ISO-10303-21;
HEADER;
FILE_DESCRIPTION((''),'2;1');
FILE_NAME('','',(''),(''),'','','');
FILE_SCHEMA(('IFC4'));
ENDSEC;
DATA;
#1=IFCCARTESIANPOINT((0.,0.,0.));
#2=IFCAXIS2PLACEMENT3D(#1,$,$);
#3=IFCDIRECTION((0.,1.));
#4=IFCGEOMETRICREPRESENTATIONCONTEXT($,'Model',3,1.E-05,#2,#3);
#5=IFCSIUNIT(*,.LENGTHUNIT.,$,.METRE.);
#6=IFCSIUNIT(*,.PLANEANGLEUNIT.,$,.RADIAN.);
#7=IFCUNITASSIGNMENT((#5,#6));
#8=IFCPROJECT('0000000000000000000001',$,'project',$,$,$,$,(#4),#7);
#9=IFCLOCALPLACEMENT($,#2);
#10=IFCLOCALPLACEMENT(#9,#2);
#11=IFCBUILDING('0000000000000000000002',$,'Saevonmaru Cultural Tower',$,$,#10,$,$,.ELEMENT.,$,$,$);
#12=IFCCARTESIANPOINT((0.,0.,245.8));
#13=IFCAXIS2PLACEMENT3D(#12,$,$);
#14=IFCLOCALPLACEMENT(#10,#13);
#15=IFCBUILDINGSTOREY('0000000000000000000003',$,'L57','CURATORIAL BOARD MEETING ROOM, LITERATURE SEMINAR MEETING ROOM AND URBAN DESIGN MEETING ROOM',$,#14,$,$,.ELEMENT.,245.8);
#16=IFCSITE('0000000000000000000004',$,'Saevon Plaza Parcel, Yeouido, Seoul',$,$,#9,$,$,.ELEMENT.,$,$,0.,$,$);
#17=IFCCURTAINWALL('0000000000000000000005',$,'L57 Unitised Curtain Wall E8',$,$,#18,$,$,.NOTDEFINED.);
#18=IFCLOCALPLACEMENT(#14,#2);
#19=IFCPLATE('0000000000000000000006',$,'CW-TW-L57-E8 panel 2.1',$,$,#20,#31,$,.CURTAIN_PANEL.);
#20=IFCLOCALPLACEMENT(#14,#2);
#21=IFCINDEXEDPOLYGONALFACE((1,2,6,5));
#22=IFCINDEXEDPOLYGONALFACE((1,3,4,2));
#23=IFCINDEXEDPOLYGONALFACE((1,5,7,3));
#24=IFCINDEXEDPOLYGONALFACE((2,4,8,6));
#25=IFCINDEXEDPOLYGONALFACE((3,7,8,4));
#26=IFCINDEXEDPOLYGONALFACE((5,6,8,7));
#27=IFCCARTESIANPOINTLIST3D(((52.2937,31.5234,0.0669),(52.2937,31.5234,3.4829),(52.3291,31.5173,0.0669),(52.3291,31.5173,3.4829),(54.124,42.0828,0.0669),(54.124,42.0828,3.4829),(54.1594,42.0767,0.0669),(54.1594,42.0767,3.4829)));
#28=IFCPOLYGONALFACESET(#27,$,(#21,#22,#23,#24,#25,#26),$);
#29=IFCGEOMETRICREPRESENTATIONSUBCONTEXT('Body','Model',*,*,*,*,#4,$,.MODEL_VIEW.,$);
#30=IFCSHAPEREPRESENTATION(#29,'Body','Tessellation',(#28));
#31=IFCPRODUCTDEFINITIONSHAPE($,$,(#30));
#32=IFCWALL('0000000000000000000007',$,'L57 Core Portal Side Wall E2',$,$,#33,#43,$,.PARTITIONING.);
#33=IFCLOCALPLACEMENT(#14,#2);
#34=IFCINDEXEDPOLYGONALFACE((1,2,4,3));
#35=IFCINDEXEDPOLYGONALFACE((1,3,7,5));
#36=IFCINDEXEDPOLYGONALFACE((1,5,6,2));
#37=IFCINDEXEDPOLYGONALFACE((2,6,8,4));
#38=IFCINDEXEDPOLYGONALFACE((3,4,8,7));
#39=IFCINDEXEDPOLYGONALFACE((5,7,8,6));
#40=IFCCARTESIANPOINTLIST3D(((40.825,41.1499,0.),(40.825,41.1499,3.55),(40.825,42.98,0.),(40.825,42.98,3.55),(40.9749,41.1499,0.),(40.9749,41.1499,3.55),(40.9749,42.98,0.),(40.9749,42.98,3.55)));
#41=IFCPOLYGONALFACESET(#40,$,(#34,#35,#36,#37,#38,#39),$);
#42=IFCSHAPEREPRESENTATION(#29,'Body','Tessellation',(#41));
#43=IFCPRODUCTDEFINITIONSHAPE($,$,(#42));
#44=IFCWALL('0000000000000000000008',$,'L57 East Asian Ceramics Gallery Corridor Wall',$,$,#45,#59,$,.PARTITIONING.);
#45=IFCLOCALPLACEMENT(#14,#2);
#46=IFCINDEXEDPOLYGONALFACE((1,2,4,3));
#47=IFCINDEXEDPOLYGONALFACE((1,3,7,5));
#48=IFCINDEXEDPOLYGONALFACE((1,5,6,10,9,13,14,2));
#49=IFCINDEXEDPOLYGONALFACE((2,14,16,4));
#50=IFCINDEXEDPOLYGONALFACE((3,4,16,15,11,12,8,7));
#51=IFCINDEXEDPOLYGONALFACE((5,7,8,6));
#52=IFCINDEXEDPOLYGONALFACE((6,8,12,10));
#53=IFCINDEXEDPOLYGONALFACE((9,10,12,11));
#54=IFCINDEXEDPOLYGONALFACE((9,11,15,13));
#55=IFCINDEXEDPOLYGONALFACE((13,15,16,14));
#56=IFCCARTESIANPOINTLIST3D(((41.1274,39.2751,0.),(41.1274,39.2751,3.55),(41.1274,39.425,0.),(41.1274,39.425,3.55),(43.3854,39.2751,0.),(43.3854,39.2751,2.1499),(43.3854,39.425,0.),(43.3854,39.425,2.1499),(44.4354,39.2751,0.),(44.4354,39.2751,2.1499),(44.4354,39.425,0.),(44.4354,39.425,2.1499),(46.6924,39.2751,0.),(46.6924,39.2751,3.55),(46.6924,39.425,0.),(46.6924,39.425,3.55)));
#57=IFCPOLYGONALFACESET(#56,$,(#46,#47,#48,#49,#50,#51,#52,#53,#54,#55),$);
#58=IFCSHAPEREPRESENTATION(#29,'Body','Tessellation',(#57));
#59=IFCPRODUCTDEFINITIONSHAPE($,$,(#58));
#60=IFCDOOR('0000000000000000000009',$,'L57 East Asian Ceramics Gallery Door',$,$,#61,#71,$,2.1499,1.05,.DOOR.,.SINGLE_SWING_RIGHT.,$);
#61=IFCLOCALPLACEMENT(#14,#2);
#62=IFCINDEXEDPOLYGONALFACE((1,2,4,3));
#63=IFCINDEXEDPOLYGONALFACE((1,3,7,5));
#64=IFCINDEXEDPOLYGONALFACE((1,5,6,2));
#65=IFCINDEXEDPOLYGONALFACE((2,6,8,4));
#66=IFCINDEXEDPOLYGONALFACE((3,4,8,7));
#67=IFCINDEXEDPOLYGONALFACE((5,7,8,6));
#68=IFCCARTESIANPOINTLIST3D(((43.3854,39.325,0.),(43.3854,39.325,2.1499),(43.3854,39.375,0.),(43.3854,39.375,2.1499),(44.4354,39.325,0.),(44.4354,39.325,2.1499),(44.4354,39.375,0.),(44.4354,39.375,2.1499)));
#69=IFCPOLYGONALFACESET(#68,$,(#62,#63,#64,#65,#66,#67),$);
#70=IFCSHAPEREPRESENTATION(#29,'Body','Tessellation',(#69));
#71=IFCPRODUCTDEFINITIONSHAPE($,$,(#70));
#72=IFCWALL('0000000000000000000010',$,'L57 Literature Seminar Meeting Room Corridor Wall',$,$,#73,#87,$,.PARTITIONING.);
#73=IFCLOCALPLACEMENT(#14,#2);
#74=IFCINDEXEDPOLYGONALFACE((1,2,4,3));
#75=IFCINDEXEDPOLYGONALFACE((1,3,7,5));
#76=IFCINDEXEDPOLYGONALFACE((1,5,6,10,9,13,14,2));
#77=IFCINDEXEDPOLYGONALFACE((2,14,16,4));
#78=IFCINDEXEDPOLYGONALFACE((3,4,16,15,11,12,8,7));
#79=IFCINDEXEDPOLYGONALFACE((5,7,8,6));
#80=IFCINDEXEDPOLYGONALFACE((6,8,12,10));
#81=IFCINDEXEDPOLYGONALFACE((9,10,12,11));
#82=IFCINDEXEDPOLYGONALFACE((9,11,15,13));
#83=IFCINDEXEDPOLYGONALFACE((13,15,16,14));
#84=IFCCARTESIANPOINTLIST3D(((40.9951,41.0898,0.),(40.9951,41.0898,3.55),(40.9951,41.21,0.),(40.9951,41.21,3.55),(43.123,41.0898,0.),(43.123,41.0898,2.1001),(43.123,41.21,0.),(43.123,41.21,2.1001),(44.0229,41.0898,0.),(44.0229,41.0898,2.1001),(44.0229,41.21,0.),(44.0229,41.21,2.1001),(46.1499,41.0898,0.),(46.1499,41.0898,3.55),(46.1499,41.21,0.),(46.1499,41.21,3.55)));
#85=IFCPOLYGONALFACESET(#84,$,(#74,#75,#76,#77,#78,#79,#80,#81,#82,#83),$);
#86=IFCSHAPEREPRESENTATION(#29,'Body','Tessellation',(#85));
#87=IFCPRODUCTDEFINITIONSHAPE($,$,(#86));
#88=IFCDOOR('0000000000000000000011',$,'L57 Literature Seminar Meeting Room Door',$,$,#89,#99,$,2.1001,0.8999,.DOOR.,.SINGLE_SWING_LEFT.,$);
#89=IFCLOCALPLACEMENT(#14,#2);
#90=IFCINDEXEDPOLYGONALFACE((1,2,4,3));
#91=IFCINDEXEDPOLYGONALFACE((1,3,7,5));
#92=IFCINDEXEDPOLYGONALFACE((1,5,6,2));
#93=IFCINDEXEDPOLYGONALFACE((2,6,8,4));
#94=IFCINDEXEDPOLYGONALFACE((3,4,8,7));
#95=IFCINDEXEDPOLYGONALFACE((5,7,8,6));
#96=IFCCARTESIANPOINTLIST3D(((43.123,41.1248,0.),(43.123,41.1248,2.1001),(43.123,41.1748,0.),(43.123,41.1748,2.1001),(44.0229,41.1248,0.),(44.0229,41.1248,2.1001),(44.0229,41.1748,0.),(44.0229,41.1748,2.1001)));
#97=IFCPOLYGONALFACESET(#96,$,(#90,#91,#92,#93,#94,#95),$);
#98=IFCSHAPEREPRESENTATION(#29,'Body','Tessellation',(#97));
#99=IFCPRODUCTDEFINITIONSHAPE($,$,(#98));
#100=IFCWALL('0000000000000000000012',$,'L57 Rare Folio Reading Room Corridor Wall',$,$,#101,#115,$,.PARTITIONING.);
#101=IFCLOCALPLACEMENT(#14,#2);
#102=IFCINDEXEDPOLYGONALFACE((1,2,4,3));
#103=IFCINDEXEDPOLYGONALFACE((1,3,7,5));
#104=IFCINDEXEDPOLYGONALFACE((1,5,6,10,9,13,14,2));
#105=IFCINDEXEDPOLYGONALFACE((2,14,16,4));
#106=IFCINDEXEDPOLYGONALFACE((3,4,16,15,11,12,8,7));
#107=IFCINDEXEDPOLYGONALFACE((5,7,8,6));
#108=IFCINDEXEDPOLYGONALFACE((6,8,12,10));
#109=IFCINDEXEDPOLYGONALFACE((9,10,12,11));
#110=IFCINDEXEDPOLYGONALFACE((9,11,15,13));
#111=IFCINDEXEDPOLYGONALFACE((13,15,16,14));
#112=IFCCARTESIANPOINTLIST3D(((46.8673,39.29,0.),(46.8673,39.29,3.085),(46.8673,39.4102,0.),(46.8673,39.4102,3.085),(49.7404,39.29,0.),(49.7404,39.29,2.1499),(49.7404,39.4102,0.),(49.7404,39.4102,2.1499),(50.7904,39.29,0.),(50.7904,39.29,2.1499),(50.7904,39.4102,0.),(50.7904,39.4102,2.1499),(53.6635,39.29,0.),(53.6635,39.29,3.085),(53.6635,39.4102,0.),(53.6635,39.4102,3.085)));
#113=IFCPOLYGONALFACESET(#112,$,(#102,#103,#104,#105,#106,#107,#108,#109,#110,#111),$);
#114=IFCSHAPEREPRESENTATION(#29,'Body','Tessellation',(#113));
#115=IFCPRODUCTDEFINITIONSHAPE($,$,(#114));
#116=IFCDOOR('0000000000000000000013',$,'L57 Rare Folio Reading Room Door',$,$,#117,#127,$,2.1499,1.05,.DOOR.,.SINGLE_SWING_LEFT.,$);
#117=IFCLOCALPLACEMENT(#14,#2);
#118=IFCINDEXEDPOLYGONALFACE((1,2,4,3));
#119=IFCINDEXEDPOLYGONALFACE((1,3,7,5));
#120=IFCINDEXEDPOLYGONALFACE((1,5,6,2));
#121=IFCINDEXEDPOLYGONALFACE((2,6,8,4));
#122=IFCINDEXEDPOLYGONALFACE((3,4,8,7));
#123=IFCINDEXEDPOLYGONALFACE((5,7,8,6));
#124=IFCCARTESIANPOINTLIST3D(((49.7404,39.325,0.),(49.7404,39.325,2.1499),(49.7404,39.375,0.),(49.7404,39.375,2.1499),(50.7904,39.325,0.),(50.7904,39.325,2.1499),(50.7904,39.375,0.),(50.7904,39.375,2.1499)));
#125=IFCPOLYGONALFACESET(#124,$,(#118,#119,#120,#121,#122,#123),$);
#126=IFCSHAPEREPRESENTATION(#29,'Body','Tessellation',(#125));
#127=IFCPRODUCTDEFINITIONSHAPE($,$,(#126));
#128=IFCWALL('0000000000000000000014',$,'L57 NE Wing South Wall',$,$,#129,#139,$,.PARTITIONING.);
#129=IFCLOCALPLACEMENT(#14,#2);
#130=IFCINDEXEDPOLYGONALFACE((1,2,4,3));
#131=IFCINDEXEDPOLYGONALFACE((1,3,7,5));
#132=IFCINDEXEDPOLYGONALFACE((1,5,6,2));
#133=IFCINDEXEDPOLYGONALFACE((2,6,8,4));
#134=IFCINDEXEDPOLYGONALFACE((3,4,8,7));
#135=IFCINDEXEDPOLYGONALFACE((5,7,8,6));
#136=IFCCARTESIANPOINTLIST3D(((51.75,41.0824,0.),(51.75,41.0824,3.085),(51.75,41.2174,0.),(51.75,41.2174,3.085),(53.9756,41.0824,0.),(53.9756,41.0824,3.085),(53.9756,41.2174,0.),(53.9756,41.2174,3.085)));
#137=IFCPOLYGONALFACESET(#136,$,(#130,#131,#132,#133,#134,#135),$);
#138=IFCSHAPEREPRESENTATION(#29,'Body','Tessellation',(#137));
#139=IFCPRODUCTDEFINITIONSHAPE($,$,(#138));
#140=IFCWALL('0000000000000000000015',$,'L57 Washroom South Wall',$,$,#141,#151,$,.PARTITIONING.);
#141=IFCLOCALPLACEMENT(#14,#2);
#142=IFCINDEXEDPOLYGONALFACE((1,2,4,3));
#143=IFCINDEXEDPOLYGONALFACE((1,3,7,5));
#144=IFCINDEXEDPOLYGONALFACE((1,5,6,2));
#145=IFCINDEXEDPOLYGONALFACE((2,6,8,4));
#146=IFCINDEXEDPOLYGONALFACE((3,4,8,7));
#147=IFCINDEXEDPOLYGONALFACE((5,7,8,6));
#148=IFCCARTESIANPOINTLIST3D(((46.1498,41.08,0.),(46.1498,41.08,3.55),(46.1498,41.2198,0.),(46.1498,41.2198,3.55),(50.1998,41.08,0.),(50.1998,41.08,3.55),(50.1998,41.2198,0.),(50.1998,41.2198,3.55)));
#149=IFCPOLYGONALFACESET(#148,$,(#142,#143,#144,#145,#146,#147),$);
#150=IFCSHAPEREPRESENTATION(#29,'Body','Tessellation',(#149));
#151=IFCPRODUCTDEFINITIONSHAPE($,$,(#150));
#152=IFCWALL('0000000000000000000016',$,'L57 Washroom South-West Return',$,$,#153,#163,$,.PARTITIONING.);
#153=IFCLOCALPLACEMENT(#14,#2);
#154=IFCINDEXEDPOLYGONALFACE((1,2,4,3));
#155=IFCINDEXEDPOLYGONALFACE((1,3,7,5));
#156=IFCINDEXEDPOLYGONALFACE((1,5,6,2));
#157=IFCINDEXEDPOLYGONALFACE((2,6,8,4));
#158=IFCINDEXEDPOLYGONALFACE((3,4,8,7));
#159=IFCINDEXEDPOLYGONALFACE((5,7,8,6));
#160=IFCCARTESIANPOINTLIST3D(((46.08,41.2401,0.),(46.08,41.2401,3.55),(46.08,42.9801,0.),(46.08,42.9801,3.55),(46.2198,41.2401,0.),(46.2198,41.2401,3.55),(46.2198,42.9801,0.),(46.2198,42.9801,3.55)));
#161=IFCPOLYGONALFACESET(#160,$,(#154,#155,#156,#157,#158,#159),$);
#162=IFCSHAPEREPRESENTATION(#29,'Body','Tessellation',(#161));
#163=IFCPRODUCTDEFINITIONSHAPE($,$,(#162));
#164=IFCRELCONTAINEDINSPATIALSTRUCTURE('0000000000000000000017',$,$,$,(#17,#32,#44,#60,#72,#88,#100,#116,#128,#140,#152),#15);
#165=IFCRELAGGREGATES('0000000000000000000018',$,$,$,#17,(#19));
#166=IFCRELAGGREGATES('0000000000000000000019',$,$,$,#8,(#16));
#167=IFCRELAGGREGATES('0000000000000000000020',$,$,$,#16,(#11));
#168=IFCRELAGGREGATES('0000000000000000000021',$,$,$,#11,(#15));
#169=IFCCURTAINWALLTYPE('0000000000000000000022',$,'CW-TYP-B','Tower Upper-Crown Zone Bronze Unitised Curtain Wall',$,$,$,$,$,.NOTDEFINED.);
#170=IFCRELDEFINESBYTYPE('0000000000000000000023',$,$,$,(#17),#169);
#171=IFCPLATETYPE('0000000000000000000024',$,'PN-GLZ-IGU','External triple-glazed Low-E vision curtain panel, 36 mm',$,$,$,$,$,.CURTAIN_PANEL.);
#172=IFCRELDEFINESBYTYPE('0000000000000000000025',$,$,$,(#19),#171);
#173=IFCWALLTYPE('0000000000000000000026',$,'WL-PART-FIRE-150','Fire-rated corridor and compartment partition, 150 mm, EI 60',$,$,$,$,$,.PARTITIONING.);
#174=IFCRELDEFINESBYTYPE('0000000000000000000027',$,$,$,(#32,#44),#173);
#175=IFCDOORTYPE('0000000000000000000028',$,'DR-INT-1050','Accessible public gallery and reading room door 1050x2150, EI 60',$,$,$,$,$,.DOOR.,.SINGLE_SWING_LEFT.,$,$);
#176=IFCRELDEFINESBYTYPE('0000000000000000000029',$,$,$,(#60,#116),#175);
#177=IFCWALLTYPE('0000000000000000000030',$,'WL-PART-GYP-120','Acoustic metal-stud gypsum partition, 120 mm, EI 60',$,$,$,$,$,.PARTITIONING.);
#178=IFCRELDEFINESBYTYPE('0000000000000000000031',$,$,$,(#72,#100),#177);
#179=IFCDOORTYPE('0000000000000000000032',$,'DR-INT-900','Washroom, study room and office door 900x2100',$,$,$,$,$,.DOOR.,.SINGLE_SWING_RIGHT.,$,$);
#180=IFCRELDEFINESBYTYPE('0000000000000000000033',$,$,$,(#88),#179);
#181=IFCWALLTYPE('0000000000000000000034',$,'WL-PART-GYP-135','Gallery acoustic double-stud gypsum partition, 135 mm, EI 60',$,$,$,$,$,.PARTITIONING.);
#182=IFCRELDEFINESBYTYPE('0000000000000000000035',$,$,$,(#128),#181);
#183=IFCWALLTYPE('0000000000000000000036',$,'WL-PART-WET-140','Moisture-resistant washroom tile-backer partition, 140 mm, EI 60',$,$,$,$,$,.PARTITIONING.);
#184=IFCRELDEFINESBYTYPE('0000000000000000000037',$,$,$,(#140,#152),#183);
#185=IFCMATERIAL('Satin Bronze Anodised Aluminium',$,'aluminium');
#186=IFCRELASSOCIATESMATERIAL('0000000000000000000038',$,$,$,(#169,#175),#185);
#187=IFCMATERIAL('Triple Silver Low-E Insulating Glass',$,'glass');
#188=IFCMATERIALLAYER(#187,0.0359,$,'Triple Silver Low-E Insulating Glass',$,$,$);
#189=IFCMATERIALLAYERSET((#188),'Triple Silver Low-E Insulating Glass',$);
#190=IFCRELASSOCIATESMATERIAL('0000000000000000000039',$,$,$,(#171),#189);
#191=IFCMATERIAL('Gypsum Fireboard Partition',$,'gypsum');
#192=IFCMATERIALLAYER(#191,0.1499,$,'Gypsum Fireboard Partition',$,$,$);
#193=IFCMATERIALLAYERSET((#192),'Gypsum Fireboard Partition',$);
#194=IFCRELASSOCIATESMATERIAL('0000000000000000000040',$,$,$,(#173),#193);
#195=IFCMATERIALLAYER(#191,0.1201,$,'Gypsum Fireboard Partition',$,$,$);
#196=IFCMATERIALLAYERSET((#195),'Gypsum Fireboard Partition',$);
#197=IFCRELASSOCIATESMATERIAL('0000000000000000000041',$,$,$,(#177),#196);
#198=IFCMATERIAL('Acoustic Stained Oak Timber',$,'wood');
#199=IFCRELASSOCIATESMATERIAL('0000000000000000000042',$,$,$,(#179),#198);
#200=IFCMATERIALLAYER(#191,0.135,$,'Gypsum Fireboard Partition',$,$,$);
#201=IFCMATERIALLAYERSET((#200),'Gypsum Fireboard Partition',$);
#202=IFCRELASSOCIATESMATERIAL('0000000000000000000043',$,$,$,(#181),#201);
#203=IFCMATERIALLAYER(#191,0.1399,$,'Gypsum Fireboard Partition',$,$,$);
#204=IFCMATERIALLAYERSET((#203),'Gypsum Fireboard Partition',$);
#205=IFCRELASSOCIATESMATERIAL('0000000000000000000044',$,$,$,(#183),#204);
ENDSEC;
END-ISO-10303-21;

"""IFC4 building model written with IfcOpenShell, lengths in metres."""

from ifc_helpers import new_model, si_unit, direction, frame, frame_2d, origin, origin_2d, place, context, subcontext, project, spatial, rectangle, extrude, material, layer, layer_set, type_object, element, fill, aggregate, save


model = new_model("IFC4")

# Units and contexts
model_context = context("Model", 3, precision=1e-05, world=origin(), true_north=direction((0.0, 1.0)))
body_context = subcontext(model_context, "Body", "Model", "MODEL_VIEW")
ifc_project = project(units=[si_unit("LENGTHUNIT", "METRE"), si_unit("PLANEANGLEUNIT", "RADIAN")], contexts=[model_context])

# Site, building, storey
site_placement = place(None, origin())
site = spatial("IfcSite", under=ifc_project, at=site_placement, Name="Saevon Plaza Parcel, Yeouido, Seoul", CompositionType="ELEMENT", RefElevation=0.0)
building_placement = place(site_placement, origin())
building = spatial("IfcBuilding", under=site, at=building_placement, Name="Saevonmaru Cultural Tower", CompositionType="ELEMENT")
storey_placement = place(building_placement, frame((0.0, 0.0, 245.8)))
storey = spatial("IfcBuildingStorey", under=building, at=storey_placement, Name="L57", Description="CURATORIAL BOARD MEETING ROOM, LITERATURE SEMINAR MEETING ROOM AND URBAN DESIGN MEETING ROOM", CompositionType="ELEMENT", Elevation=245.8)

# Curtain wall, plate
ifc_material_1 = material(Name="Satin Bronze Anodised Aluminium", Category="aluminium")
curtain_wall_type = type_object("IfcCurtainWallType", Name="CW-TYP-B", Description="Tower Upper-Crown Zone Bronze Unitised Curtain Wall", PredefinedType="NOTDEFINED", material=ifc_material_1)
curtain_wall_placement = place(storey_placement, origin())
curtain_wall = element("IfcCurtainWall", 1, at=curtain_wall_placement, inside=storey, type_object=curtain_wall_type, Name="L57 Unitised Curtain Wall E8", PredefinedType="NOTDEFINED")
ifc_material_2 = material(Name="Triple Silver Low-E Insulating Glass", Category="glass")
ifc_layer_1 = layer(ifc_material_2, 0.0359, Name="Triple Silver Low-E Insulating Glass")
ifc_layer_set_1 = layer_set([ifc_layer_1], Name="Triple Silver Low-E Insulating Glass")
plate_type = type_object("IfcPlateType", Name="PN-GLZ-IGU", Description="External triple-glazed Low-E vision curtain panel, 36 mm", PredefinedType="CURTAIN_PANEL", material=ifc_layer_set_1)
plate_placement = place(storey_placement, frame((53.2266, 36.8, 0.0669), z_axis=(0.0, 0.0, 1.0), x_axis=(0.17079, 0.985307, 0.0)))
plate = element("IfcPlate", 2, at=plate_placement, type_object=plate_type, Name="CW-TW-L57-E8 panel 2.1", PredefinedType="CURTAIN_PANEL", context=body_context, shape_type="SweptSolid", body=[
    extrude(rectangle(XDim=10.7168, YDim=0.0359, at=origin_2d()), origin(), (0.0, 0.0, 1.0), 3.416),
])
aggregate(curtain_wall, [plate])

# Shared definitions
ifc_material_3 = material(Name="Gypsum Fireboard Partition", Category="gypsum")
ifc_layer_2 = layer(ifc_material_3, 0.1499, Name="Gypsum Fireboard Partition")
ifc_layer_set_2 = layer_set([ifc_layer_2], Name="Gypsum Fireboard Partition")
wall_type_1 = type_object("IfcWallType", Name="WL-PART-FIRE-150", Description="Fire-rated corridor and compartment partition, 150 mm, EI 60", PredefinedType="PARTITIONING", material=ifc_layer_set_2)
door_type_1 = type_object("IfcDoorType", Name="DR-INT-1050", Description="Accessible public gallery and reading room door 1050x2150, EI 60", OperationType="SINGLE_SWING_LEFT", PredefinedType="DOOR", material=ifc_material_1)

# Wall
wall_1_placement = place(storey_placement, frame((40.8999, 41.1499, 0.0), z_axis=(0.0, 0.0, 1.0), x_axis=(0.0, 1.0, 0.0)))
element("IfcWall", 3, at=wall_1_placement, inside=storey, type_object=wall_type_1, Name="L57 Core Portal Side Wall E2", PredefinedType="PARTITIONING", context=body_context, shape_type="SweptSolid", body=[
    extrude(rectangle(XDim=1.8301, YDim=0.1499, at=frame_2d((0.915, 0.0))), origin(), (0.0, 0.0, 1.0), 3.55),
])

# Walls, openings, doors
wall_2_placement = place(storey_placement, frame((41.1274, 39.3501, 0.0), z_axis=(0.0, 0.0, 1.0), x_axis=(1.0, 0.0, 0.0)))
wall_2 = element("IfcWall", 4, at=wall_2_placement, inside=storey, type_object=wall_type_1, Name="L57 East Asian Ceramics Gallery Corridor Wall", PredefinedType="PARTITIONING", context=body_context, shape_type="SweptSolid", body=[
    extrude(rectangle(XDim=5.5649, YDim=0.1499, at=frame_2d((2.7825, 0.0))), origin(), (0.0, 0.0, 1.0), 3.55),
])
opening_1_placement = place(wall_2_placement, frame((2.2581, 0.0, 0.0)))
opening_1 = element("IfcOpeningElement", 5, at=opening_1_placement, cuts=wall_2, PredefinedType="OPENING", context=body_context, shape_type="SweptSolid", body=[
    extrude(rectangle(XDim=1.05, YDim=2.1499, at=frame_2d((0.5249, 1.075))), frame((0.0, 0.085, 0.0), z_axis=(0.0, -1.0, 0.0), x_axis=(1.0, 0.0, 0.0)), (0.0, 0.0, 1.0), 0.1699),
])
door_1_placement = place(opening_1_placement, origin())
door_1 = element("IfcDoor", 6, at=door_1_placement, inside=storey, type_object=door_type_1, Name="L57 East Asian Ceramics Gallery Door", OperationType="SINGLE_SWING_RIGHT", OverallHeight=2.1499, OverallWidth=1.05, PredefinedType="DOOR", context=body_context, shape_type="SweptSolid", body=[
    extrude(rectangle(XDim=1.05, YDim=2.1499, at=frame_2d((0.5249, 1.075))), frame((0.0, 0.0249, 0.0), z_axis=(0.0, -1.0, 0.0), x_axis=(1.0, 0.0, 0.0)), (0.0, 0.0, 1.0), 0.05),
])
fill(opening_1, door_1)
ifc_layer_3 = layer(ifc_material_3, 0.1201, Name="Gypsum Fireboard Partition")
ifc_layer_set_3 = layer_set([ifc_layer_3], Name="Gypsum Fireboard Partition")
wall_type_2 = type_object("IfcWallType", Name="WL-PART-GYP-120", Description="Acoustic metal-stud gypsum partition, 120 mm, EI 60", PredefinedType="PARTITIONING", material=ifc_layer_set_3)
wall_3_placement = place(storey_placement, frame((40.9951, 41.1499, 0.0), z_axis=(0.0, 0.0, 1.0), x_axis=(1.0, 0.0, 0.0)))
wall_3 = element("IfcWall", 7, at=wall_3_placement, inside=storey, type_object=wall_type_2, Name="L57 Literature Seminar Meeting Room Corridor Wall", PredefinedType="PARTITIONING", context=body_context, shape_type="SweptSolid", body=[
    extrude(rectangle(XDim=5.1548, YDim=0.1201, at=frame_2d((2.5774, 0.0))), origin(), (0.0, 0.0, 1.0), 3.55),
])
opening_2_placement = place(wall_3_placement, frame((2.1279, 0.0, 0.0)))
opening_2 = element("IfcOpeningElement", 8, at=opening_2_placement, cuts=wall_3, PredefinedType="OPENING", context=body_context, shape_type="SweptSolid", body=[
    extrude(rectangle(XDim=0.8999, YDim=2.1001, at=frame_2d((0.45, 1.05))), frame((0.0, 0.0701, 0.0), z_axis=(0.0, -1.0, 0.0), x_axis=(1.0, 0.0, 0.0)), (0.0, 0.0, 1.0), 0.1401),
])
ifc_material_4 = material(Name="Acoustic Stained Oak Timber", Category="wood")
door_type_2 = type_object("IfcDoorType", Name="DR-INT-900", Description="Washroom, study room and office door 900x2100", OperationType="SINGLE_SWING_RIGHT", PredefinedType="DOOR", material=ifc_material_4)
door_2_placement = place(opening_2_placement, origin())
door_2 = element("IfcDoor", 9, at=door_2_placement, inside=storey, type_object=door_type_2, Name="L57 Literature Seminar Meeting Room Door", OperationType="SINGLE_SWING_LEFT", OverallHeight=2.1001, OverallWidth=0.8999, PredefinedType="DOOR", context=body_context, shape_type="SweptSolid", body=[
    extrude(rectangle(XDim=0.8999, YDim=2.1001, at=frame_2d((0.45, 1.05))), frame((0.0, 0.0249, 0.0), z_axis=(0.0, -1.0, 0.0), x_axis=(1.0, 0.0, 0.0)), (0.0, 0.0, 1.0), 0.05),
])
fill(opening_2, door_2)
wall_4_placement = place(storey_placement, frame((46.8674, 39.3501, 0.0), z_axis=(0.0, 0.0, 1.0), x_axis=(1.0, 0.0, 0.0)))
wall_4 = element("IfcWall", 10, at=wall_4_placement, inside=storey, type_object=wall_type_2, Name="L57 Rare Folio Reading Room Corridor Wall", PredefinedType="PARTITIONING", context=body_context, shape_type="SweptSolid", body=[
    extrude(rectangle(XDim=6.7961, YDim=0.1201, at=frame_2d((3.3979, 0.0))), origin(), (0.0, 0.0, 1.0), 3.085),
])
opening_3_placement = place(wall_4_placement, frame((2.873, 0.0, 0.0)))
opening_3 = element("IfcOpeningElement", 11, at=opening_3_placement, cuts=wall_4, PredefinedType="OPENING", context=body_context, shape_type="SweptSolid", body=[
    extrude(rectangle(XDim=1.05, YDim=2.1499, at=frame_2d((0.5249, 1.075))), frame((0.0, 0.0701, 0.0), z_axis=(0.0, -1.0, 0.0), x_axis=(1.0, 0.0, 0.0)), (0.0, 0.0, 1.0), 0.1401),
])
door_3_placement = place(opening_3_placement, origin())
door_3 = element("IfcDoor", 12, at=door_3_placement, inside=storey, type_object=door_type_1, Name="L57 Rare Folio Reading Room Door", OperationType="SINGLE_SWING_LEFT", OverallHeight=2.1499, OverallWidth=1.05, PredefinedType="DOOR", context=body_context, shape_type="SweptSolid", body=[
    extrude(rectangle(XDim=1.05, YDim=2.1499, at=frame_2d((0.5249, 1.075))), frame((0.0, 0.0249, 0.0), z_axis=(0.0, -1.0, 0.0), x_axis=(1.0, 0.0, 0.0)), (0.0, 0.0, 1.0), 0.05),
])
fill(opening_3, door_3)

# Walls
ifc_layer_4 = layer(ifc_material_3, 0.135, Name="Gypsum Fireboard Partition")
ifc_layer_set_4 = layer_set([ifc_layer_4], Name="Gypsum Fireboard Partition")
wall_type_3 = type_object("IfcWallType", Name="WL-PART-GYP-135", Description="Gallery acoustic double-stud gypsum partition, 135 mm, EI 60", PredefinedType="PARTITIONING", material=ifc_layer_set_4)
wall_5_placement = place(storey_placement, frame((51.75, 41.1499, 0.0), z_axis=(0.0, 0.0, 1.0), x_axis=(1.0, 0.0, 0.0)))
element("IfcWall", 13, at=wall_5_placement, inside=storey, type_object=wall_type_3, Name="L57 NE Wing South Wall", PredefinedType="PARTITIONING", context=body_context, shape_type="SweptSolid", body=[
    extrude(rectangle(XDim=2.2256, YDim=0.135, at=frame_2d((1.1128, 0.0))), origin(), (0.0, 0.0, 1.0), 3.085),
])
ifc_layer_5 = layer(ifc_material_3, 0.1399, Name="Gypsum Fireboard Partition")
ifc_layer_set_5 = layer_set([ifc_layer_5], Name="Gypsum Fireboard Partition")
wall_type_4 = type_object("IfcWallType", Name="WL-PART-WET-140", Description="Moisture-resistant washroom tile-backer partition, 140 mm, EI 60", PredefinedType="PARTITIONING", material=ifc_layer_set_5)
wall_6_placement = place(storey_placement, frame((46.1499, 41.1499, 0.0), z_axis=(0.0, 0.0, 1.0), x_axis=(1.0, 0.0, 0.0)))
element("IfcWall", 14, at=wall_6_placement, inside=storey, type_object=wall_type_4, Name="L57 Washroom South Wall", PredefinedType="PARTITIONING", context=body_context, shape_type="SweptSolid", body=[
    extrude(rectangle(XDim=4.05, YDim=0.1399, at=frame_2d((2.0249, 0.0))), origin(), (0.0, 0.0, 1.0), 3.55),
])
wall_7_placement = place(storey_placement, frame((46.1499, 41.24, 0.0), z_axis=(0.0, 0.0, 1.0), x_axis=(0.0, 1.0, 0.0)))
element("IfcWall", 15, at=wall_7_placement, inside=storey, type_object=wall_type_4, Name="L57 Washroom South-West Return", PredefinedType="PARTITIONING", context=body_context, shape_type="SweptSolid", body=[
    extrude(rectangle(XDim=1.74, YDim=0.1399, at=frame_2d((0.8701, 0.0))), origin(), (0.0, 0.0, 1.0), 3.55),
])

save(model, "model.ifc")
